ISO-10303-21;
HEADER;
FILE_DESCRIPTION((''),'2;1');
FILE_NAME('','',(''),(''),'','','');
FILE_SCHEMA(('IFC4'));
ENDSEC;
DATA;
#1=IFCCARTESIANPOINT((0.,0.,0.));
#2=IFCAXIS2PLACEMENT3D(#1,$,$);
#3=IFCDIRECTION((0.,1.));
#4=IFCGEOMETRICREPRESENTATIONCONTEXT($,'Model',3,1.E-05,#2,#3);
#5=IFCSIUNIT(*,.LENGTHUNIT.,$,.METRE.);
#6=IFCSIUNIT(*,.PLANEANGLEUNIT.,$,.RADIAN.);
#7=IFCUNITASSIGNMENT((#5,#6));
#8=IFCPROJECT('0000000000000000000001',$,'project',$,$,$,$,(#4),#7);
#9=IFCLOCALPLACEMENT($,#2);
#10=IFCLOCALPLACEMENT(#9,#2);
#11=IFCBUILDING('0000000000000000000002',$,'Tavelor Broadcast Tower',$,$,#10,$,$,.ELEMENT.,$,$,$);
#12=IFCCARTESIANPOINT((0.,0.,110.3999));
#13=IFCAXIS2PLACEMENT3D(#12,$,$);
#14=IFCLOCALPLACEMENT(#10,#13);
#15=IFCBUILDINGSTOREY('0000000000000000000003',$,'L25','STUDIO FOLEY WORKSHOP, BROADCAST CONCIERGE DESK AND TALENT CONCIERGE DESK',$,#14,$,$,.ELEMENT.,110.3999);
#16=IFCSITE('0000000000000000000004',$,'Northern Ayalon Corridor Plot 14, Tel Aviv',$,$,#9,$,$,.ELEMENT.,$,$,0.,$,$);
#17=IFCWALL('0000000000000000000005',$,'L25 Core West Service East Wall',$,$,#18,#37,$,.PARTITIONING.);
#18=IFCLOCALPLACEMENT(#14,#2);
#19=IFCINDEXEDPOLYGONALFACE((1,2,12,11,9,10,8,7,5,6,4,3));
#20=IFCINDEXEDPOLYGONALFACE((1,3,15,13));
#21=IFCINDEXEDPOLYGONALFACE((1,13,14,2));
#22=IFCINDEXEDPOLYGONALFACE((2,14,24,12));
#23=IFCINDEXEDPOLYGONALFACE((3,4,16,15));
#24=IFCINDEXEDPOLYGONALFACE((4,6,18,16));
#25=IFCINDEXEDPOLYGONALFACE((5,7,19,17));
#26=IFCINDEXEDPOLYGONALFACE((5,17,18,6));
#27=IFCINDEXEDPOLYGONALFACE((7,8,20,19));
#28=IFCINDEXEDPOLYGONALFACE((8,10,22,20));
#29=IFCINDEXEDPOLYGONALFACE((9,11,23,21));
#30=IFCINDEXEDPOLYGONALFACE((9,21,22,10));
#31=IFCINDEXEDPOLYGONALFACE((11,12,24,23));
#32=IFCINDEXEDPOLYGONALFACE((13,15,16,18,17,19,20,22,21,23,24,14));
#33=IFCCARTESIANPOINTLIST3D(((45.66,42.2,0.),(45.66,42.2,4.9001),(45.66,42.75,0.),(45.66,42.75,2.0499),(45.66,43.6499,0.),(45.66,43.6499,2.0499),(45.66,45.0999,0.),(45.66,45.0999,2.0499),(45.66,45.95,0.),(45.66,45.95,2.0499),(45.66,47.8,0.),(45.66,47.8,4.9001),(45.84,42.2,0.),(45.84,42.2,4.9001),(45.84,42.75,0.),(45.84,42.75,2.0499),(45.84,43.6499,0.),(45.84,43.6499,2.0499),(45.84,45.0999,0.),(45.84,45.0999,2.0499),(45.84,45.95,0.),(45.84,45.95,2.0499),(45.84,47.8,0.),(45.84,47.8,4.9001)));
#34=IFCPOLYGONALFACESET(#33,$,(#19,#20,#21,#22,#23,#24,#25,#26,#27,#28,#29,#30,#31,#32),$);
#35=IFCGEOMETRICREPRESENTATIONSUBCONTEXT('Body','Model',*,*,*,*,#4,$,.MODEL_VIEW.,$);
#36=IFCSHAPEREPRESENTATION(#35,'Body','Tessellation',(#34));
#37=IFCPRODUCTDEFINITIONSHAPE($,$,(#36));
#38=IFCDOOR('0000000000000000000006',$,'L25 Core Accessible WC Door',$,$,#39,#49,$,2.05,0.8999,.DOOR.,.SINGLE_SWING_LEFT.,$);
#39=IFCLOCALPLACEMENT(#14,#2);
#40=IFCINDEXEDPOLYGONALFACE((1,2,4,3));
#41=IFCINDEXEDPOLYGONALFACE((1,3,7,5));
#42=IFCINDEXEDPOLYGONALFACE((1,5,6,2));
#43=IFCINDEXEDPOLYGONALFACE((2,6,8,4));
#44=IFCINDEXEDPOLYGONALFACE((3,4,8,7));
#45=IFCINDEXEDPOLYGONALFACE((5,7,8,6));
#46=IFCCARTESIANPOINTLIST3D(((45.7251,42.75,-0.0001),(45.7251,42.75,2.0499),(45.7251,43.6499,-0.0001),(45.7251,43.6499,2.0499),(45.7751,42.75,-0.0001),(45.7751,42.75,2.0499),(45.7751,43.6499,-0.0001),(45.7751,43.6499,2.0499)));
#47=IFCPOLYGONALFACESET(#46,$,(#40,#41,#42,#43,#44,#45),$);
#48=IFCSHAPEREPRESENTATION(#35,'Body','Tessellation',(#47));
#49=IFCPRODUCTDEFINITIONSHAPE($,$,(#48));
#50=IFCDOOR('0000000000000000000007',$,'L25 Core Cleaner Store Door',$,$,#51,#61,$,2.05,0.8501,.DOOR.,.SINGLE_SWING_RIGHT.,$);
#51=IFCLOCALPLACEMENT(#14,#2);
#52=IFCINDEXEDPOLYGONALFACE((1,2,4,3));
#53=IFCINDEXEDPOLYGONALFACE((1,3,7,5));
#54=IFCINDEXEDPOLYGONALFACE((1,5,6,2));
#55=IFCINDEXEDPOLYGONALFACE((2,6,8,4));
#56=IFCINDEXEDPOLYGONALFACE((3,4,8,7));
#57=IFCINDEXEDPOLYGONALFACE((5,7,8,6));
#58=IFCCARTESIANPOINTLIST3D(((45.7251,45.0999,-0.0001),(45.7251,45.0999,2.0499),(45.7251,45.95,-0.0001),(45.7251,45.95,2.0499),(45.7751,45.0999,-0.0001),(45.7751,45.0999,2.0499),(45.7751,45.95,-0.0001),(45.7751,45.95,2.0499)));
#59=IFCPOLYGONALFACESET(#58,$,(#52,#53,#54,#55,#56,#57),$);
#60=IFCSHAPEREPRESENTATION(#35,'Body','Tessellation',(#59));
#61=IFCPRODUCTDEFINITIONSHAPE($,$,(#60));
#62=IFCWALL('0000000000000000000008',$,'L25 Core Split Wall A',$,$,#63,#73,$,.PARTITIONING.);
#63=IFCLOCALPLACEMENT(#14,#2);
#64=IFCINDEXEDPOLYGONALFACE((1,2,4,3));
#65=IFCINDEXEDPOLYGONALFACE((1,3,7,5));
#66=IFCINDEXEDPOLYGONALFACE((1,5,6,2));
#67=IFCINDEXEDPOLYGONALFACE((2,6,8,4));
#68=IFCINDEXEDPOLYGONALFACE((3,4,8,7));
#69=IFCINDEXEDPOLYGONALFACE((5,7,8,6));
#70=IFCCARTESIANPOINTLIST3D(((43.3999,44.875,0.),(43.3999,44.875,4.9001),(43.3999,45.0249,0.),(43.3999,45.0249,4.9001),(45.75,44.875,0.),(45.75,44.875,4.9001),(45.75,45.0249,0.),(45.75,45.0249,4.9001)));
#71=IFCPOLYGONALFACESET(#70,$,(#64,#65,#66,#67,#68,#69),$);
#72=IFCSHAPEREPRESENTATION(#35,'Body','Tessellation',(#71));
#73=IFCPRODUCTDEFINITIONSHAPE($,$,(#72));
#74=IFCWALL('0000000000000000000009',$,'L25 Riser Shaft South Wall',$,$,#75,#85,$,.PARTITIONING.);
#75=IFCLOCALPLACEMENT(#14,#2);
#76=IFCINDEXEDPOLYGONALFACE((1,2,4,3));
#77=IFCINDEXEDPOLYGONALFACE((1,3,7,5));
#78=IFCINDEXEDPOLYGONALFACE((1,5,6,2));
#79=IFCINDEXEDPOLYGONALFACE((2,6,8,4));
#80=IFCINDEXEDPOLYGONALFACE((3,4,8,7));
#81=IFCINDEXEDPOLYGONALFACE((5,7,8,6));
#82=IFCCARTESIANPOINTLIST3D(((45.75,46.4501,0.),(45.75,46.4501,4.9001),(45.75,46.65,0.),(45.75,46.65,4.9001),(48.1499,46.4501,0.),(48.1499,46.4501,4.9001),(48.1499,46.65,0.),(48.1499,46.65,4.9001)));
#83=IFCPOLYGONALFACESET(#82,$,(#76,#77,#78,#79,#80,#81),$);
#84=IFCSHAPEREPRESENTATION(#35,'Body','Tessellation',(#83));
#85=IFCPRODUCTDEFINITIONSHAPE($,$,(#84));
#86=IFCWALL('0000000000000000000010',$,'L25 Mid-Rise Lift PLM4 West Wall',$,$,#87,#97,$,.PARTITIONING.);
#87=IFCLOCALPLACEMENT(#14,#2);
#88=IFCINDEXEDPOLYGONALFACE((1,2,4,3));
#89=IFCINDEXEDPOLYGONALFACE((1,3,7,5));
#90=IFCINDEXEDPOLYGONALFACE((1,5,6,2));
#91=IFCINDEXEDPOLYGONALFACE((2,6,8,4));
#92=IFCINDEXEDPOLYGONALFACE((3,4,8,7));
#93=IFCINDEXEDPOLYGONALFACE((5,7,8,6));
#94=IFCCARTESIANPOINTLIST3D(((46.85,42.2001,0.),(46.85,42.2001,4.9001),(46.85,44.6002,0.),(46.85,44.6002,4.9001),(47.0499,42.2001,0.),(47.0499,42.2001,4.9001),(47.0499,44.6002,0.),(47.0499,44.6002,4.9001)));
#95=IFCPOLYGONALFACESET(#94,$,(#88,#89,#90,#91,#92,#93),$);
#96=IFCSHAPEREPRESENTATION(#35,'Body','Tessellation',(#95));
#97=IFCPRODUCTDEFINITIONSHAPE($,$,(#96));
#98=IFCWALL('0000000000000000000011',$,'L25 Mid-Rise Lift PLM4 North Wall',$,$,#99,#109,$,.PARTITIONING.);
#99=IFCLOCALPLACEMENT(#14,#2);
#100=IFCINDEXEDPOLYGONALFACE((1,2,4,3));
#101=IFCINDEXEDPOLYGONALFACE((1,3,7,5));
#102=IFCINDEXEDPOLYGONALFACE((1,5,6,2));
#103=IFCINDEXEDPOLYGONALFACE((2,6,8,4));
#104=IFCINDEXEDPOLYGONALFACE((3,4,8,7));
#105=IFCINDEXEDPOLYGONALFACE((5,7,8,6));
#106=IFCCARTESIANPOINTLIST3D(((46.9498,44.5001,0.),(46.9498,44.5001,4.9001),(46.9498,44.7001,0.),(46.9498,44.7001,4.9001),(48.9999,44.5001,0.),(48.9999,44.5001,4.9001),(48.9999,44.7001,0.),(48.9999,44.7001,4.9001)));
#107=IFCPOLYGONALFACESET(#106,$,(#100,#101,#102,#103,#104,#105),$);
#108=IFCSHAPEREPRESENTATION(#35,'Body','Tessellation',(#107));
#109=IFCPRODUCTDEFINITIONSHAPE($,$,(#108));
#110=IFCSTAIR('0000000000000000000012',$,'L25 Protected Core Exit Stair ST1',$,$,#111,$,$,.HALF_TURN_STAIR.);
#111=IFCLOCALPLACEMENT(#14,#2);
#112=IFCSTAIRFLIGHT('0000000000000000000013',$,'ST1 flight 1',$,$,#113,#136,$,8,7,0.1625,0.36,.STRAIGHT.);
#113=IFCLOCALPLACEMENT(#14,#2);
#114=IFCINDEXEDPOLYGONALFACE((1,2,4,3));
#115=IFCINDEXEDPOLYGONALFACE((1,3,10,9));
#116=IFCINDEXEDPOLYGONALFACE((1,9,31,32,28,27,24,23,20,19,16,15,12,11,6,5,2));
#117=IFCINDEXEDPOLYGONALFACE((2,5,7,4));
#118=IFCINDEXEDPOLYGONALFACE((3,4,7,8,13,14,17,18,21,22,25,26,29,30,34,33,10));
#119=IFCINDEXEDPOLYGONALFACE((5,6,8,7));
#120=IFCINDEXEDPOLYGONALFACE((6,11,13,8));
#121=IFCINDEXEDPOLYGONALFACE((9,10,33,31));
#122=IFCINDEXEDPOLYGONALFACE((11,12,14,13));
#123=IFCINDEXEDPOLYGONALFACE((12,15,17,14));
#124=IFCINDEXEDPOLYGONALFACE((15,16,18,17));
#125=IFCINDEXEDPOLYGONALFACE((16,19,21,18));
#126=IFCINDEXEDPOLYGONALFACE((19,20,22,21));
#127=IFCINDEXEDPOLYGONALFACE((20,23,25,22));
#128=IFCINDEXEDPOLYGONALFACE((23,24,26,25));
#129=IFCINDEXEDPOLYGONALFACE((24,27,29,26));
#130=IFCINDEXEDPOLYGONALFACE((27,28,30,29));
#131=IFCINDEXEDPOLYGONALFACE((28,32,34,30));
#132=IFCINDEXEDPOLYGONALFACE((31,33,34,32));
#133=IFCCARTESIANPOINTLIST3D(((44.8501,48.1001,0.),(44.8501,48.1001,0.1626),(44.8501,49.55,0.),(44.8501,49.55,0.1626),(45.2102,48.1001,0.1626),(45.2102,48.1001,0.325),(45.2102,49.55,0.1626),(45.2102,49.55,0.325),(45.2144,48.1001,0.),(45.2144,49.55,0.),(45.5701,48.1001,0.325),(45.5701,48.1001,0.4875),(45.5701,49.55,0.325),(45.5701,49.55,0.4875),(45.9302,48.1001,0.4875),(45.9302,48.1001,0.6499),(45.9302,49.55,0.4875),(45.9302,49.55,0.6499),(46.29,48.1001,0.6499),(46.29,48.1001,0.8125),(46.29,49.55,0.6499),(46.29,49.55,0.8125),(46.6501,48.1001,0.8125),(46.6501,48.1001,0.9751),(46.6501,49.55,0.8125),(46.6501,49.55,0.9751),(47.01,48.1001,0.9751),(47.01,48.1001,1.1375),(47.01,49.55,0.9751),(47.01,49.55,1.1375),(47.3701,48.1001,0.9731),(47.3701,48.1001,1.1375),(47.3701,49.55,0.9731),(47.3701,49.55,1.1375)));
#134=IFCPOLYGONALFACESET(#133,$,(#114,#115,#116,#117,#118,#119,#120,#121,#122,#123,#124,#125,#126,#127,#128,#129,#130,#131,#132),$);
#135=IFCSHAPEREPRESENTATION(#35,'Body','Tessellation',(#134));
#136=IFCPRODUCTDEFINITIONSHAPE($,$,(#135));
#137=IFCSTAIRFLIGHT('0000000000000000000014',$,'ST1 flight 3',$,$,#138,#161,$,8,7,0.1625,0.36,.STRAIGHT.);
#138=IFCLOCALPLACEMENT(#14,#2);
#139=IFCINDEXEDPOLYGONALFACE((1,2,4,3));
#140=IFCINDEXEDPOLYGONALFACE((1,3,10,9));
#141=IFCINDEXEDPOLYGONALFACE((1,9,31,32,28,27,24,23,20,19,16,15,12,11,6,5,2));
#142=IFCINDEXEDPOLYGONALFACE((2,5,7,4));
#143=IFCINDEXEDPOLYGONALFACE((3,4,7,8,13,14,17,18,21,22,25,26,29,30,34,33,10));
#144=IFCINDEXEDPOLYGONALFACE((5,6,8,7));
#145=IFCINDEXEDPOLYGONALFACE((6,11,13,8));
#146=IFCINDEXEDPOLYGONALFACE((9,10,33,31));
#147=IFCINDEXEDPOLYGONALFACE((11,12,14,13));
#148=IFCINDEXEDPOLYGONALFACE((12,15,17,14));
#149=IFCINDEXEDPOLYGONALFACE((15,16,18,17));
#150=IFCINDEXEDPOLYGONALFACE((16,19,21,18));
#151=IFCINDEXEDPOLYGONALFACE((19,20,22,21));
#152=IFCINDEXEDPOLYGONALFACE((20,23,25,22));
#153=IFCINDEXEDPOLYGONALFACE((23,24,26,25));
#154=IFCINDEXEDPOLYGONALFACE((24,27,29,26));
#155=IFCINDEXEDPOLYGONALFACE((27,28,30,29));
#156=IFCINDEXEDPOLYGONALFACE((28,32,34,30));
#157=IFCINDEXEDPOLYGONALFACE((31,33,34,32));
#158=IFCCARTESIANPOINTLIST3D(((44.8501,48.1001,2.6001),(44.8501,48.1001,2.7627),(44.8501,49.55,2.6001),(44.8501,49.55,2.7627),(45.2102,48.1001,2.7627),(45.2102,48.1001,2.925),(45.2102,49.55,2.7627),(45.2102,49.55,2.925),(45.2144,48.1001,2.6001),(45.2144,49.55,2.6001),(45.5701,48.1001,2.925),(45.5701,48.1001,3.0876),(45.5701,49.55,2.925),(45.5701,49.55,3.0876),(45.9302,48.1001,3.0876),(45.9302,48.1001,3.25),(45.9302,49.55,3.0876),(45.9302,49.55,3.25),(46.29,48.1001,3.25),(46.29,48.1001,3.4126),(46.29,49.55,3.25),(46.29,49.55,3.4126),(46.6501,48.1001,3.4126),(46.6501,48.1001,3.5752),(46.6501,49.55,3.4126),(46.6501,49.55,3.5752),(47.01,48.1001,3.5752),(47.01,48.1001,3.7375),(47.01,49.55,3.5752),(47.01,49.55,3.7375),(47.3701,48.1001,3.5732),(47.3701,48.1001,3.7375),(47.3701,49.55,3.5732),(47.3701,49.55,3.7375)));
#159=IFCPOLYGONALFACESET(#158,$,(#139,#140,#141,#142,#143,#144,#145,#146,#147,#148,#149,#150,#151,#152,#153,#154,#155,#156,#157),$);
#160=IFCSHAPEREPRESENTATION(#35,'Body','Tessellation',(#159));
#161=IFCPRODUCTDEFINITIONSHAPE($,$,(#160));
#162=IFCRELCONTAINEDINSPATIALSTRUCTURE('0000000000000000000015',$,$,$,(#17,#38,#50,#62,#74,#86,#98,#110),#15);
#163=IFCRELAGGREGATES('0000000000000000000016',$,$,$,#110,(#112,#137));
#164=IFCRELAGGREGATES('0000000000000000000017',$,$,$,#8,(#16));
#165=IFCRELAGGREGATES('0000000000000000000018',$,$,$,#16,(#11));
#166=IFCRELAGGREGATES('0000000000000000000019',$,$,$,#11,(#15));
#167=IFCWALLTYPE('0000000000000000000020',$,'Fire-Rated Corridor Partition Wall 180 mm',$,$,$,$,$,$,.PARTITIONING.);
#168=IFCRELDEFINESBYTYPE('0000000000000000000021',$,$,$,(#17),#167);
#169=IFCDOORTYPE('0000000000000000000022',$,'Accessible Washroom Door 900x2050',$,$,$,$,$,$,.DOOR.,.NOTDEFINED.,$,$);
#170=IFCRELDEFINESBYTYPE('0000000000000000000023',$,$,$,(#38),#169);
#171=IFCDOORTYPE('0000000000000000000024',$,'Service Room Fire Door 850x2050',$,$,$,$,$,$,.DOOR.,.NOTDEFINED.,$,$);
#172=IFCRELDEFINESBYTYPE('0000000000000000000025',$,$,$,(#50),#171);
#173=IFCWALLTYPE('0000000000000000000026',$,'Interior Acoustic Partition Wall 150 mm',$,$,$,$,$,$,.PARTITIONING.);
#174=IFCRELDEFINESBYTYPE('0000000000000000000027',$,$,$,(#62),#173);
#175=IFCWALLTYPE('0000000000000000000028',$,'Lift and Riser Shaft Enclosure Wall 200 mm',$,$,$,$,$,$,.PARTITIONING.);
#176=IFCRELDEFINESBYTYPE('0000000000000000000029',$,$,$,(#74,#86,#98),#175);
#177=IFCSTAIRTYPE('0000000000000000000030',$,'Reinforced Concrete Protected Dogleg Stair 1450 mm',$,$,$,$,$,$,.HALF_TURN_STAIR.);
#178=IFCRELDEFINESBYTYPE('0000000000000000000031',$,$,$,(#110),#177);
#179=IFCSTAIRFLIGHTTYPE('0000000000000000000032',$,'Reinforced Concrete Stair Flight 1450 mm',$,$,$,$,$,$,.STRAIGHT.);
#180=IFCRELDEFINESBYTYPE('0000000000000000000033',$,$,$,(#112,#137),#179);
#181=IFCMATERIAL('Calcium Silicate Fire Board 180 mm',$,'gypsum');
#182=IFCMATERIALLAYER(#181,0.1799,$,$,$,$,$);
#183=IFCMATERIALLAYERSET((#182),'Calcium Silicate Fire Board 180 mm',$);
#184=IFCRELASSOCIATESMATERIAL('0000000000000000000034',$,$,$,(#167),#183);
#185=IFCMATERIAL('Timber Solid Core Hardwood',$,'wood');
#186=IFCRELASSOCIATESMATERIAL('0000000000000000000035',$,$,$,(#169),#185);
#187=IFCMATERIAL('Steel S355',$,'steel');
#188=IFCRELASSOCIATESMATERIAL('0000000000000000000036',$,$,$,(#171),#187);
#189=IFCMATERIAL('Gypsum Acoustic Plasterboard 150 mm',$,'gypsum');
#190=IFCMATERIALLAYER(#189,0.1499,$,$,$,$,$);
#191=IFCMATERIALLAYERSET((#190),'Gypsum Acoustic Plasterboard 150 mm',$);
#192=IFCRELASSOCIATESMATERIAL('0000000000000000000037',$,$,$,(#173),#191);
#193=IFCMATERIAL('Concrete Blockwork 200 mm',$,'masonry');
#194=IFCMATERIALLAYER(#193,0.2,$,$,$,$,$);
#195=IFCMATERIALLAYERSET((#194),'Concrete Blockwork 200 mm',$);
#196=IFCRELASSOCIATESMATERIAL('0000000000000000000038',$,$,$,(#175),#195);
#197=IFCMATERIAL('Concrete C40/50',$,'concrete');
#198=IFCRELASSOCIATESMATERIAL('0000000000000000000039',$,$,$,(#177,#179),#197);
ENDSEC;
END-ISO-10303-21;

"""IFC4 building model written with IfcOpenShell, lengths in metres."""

from ifc_helpers import new_model, si_unit, direction, frame, frame_2d, origin, place, context, subcontext, project, spatial, polyline, rectangle, outline, extrude, material, layer, layer_set, type_object, element, fill, aggregate, save


model = new_model("IFC4")

# Units and contexts
model_context = context("Model", 3, precision=1e-05, world=origin(), true_north=direction((0.0, 1.0)))
body_context = subcontext(model_context, "Body", "Model", "MODEL_VIEW")
ifc_project = project(units=[si_unit("LENGTHUNIT", "METRE"), si_unit("PLANEANGLEUNIT", "RADIAN")], contexts=[model_context])

# Site, building, storey
site_placement = place(None, origin())
site = spatial("IfcSite", under=ifc_project, at=site_placement, Name="Northern Ayalon Corridor Plot 14, Tel Aviv", CompositionType="ELEMENT", RefElevation=0.0)
building_placement = place(site_placement, origin())
building = spatial("IfcBuilding", under=site, at=building_placement, Name="Tavelor Broadcast Tower", CompositionType="ELEMENT")
storey_placement = place(building_placement, frame((0.0, 0.0, 110.3999)))
storey = spatial("IfcBuildingStorey", under=building, at=storey_placement, Name="L25", Description="STUDIO FOLEY WORKSHOP, BROADCAST CONCIERGE DESK AND TALENT CONCIERGE DESK", CompositionType="ELEMENT", Elevation=110.3999)

# Shared definitions
ifc_material_1 = material(Name="Steel S355", Category="steel")

# Wall, openings, doors
ifc_material_2 = material(Name="Calcium Silicate Fire Board 180 mm", Category="gypsum")
ifc_layer_1 = layer(ifc_material_2, 0.1799)
ifc_layer_set_1 = layer_set([ifc_layer_1], Name="Calcium Silicate Fire Board 180 mm")
wall_type_1 = type_object("IfcWallType", Name="Fire-Rated Corridor Partition Wall 180 mm", PredefinedType="PARTITIONING", material=ifc_layer_set_1)
wall_1_placement = place(storey_placement, frame((45.75, 42.2, 0.0), z_axis=(0.0, 0.0, 1.0), x_axis=(0.0, 1.0, 0.0)))
wall_1 = element("IfcWall", 1, at=wall_1_placement, inside=storey, type_object=wall_type_1, Name="L25 Core West Service East Wall", PredefinedType="PARTITIONING", context=body_context, shape_type="SweptSolid", body=[
    extrude(rectangle(XDim=5.6001, YDim=0.1799, at=frame_2d((2.8, 0.0))), origin(), (0.0, 0.0, 1.0), 4.9001),
])
opening_1_placement = place(wall_1_placement, frame((0.55, 0.0, 0.0)))
opening_1 = element("IfcOpeningElement", 2, at=opening_1_placement, cuts=wall_1, PredefinedType="OPENING", context=body_context, shape_type="SweptSolid", body=[
    extrude(rectangle(XDim=0.8999, YDim=2.05, at=frame_2d((0.45, 1.0249))), frame((0.0, 0.1001, 0.0), z_axis=(0.0, -1.0, 0.0), x_axis=(1.0, 0.0, 0.0)), (0.0, 0.0, 1.0), 0.2),
])
opening_2_placement = place(wall_1_placement, frame((2.8999, 0.0, 0.0)))
opening_2 = element("IfcOpeningElement", 3, at=opening_2_placement, cuts=wall_1, PredefinedType="OPENING", context=body_context, shape_type="SweptSolid", body=[
    extrude(rectangle(XDim=0.8501, YDim=2.05, at=frame_2d((0.425, 1.0249))), frame((0.0, 0.1001, 0.0), z_axis=(0.0, -1.0, 0.0), x_axis=(1.0, 0.0, 0.0)), (0.0, 0.0, 1.0), 0.2),
])
ifc_material_3 = material(Name="Timber Solid Core Hardwood", Category="wood")
door_type_1 = type_object("IfcDoorType", Name="Accessible Washroom Door 900x2050", OperationType="NOTDEFINED", PredefinedType="DOOR", material=ifc_material_3)
door_1_placement = place(opening_1_placement, origin())
door_1 = element("IfcDoor", 4, at=door_1_placement, inside=storey, type_object=door_type_1, Name="L25 Core Accessible WC Door", OperationType="SINGLE_SWING_LEFT", OverallHeight=2.05, OverallWidth=0.8999, PredefinedType="DOOR", context=body_context, shape_type="SweptSolid", body=[
    extrude(rectangle(XDim=0.8999, YDim=2.05, at=frame_2d((0.45, 1.0249))), frame((0.0, 0.0249, 0.0), z_axis=(0.0, -1.0, 0.0), x_axis=(1.0, 0.0, 0.0)), (0.0, 0.0, 1.0), 0.05),
])
fill(opening_1, door_1)
door_type_2 = type_object("IfcDoorType", Name="Service Room Fire Door 850x2050", OperationType="NOTDEFINED", PredefinedType="DOOR", material=ifc_material_1)
door_2_placement = place(opening_2_placement, origin())
door_2 = element("IfcDoor", 5, at=door_2_placement, inside=storey, type_object=door_type_2, Name="L25 Core Cleaner Store Door", OperationType="SINGLE_SWING_RIGHT", OverallHeight=2.05, OverallWidth=0.8501, PredefinedType="DOOR", context=body_context, shape_type="SweptSolid", body=[
    extrude(rectangle(XDim=0.8501, YDim=2.05, at=frame_2d((0.425, 1.0249))), frame((0.0, 0.0249, 0.0), z_axis=(0.0, -1.0, 0.0), x_axis=(1.0, 0.0, 0.0)), (0.0, 0.0, 1.0), 0.05),
])
fill(opening_2, door_2)

# Walls
ifc_material_4 = material(Name="Gypsum Acoustic Plasterboard 150 mm", Category="gypsum")
ifc_layer_2 = layer(ifc_material_4, 0.1499)
ifc_layer_set_2 = layer_set([ifc_layer_2], Name="Gypsum Acoustic Plasterboard 150 mm")
wall_type_2 = type_object("IfcWallType", Name="Interior Acoustic Partition Wall 150 mm", PredefinedType="PARTITIONING", material=ifc_layer_set_2)
wall_2_placement = place(storey_placement, frame((43.3999, 44.95, 0.0), z_axis=(0.0, 0.0, 1.0), x_axis=(1.0, 0.0, 0.0)))
element("IfcWall", 6, at=wall_2_placement, inside=storey, type_object=wall_type_2, Name="L25 Core Split Wall A", PredefinedType="PARTITIONING", context=body_context, shape_type="SweptSolid", body=[
    extrude(rectangle(XDim=2.3501, YDim=0.1499, at=frame_2d((1.175, 0.0))), origin(), (0.0, 0.0, 1.0), 4.9001),
])
ifc_material_5 = material(Name="Concrete Blockwork 200 mm", Category="masonry")
ifc_layer_3 = layer(ifc_material_5, 0.2)
ifc_layer_set_3 = layer_set([ifc_layer_3], Name="Concrete Blockwork 200 mm")
wall_type_3 = type_object("IfcWallType", Name="Lift and Riser Shaft Enclosure Wall 200 mm", PredefinedType="PARTITIONING", material=ifc_layer_set_3)
wall_3_placement = place(storey_placement, frame((45.75, 46.55, 0.0), z_axis=(0.0, 0.0, 1.0), x_axis=(1.0, 0.0, 0.0)))
element("IfcWall", 7, at=wall_3_placement, inside=storey, type_object=wall_type_3, Name="L25 Riser Shaft South Wall", PredefinedType="PARTITIONING", context=body_context, shape_type="SweptSolid", body=[
    extrude(rectangle(XDim=2.3999, YDim=0.2, at=frame_2d((1.2, 0.0))), origin(), (0.0, 0.0, 1.0), 4.9001),
])
wall_4_placement = place(storey_placement, frame((46.95, 42.2, 0.0), z_axis=(0.0, 0.0, 1.0), x_axis=(0.0, 1.0, 0.0)))
element("IfcWall", 8, at=wall_4_placement, inside=storey, type_object=wall_type_3, Name="L25 Mid-Rise Lift PLM4 West Wall", PredefinedType="PARTITIONING", context=body_context, shape_type="SweptSolid", body=[
    extrude(rectangle(XDim=2.4001, YDim=0.2, at=frame_2d((1.2002, 0.0))), origin(), (0.0, 0.0, 1.0), 4.9001),
])
wall_5_placement = place(storey_placement, frame((46.95, 44.6001, 0.0), z_axis=(0.0, 0.0, 1.0), x_axis=(1.0, 0.0, 0.0)))
element("IfcWall", 9, at=wall_5_placement, inside=storey, type_object=wall_type_3, Name="L25 Mid-Rise Lift PLM4 North Wall", PredefinedType="PARTITIONING", context=body_context, shape_type="SweptSolid", body=[
    extrude(rectangle(XDim=2.05, YDim=0.2, at=frame_2d((1.0249, 0.0))), origin(), (0.0, 0.0, 1.0), 4.9001),
])

# Stair, stair flights
ifc_material_6 = material(Name="Concrete C40/50", Category="concrete")
stair_type = type_object("IfcStairType", Name="Reinforced Concrete Protected Dogleg Stair 1450 mm", PredefinedType="HALF_TURN_STAIR", material=ifc_material_6)
stair_placement = place(storey_placement, origin())
stair = element("IfcStair", 10, at=stair_placement, inside=storey, type_object=stair_type, Name="L25 Protected Core Exit Stair ST1", PredefinedType="HALF_TURN_STAIR")
stair_flight_type = type_object("IfcStairFlightType", Name="Reinforced Concrete Stair Flight 1450 mm", PredefinedType="STRAIGHT", material=ifc_material_6)
stair_flight_1_placement = place(storey_placement, frame((44.8501, 48.825, 0.0), z_axis=(0.0, 0.0, 1.0), x_axis=(1.0, 0.0, 0.0)))
stair_flight_1 = element("IfcStairFlight", 11, at=stair_flight_1_placement, type_object=stair_flight_type, Name="ST1 flight 1", NumberOfRisers=8, NumberOfTreads=7, PredefinedType="STRAIGHT", RiserHeight=0.1625, TreadLength=0.36, context=body_context, shape_type="SweptSolid", body=[
    extrude(outline(polyline([(0.0, 0.0), (0.0, 0.1626), (0.3601, 0.1626), (0.3601, 0.325), (0.72, 0.325), (0.72, 0.4875), (1.0801, 0.4875), (1.0801, 0.6499), (1.4399, 0.6499), (1.4399, 0.8125), (1.8, 0.8125), (1.8, 0.9751), (2.1599, 0.9751), (2.1599, 1.1375), (2.52, 1.1375), (2.52, 1.3), (2.52, 0.9731), (0.3643, 0.0), (0.0, 0.0)])), frame((0.0, 0.7251, 0.0), z_axis=(0.0, -1.0, 0.0), x_axis=(1.0, 0.0, 0.0)), (0.0, 0.0, 1.0), 1.45),
])
stair_flight_2_placement = place(storey_placement, frame((44.8501, 48.825, 2.6001), z_axis=(0.0, 0.0, 1.0), x_axis=(1.0, 0.0, 0.0)))
stair_flight_2 = element("IfcStairFlight", 12, at=stair_flight_2_placement, type_object=stair_flight_type, Name="ST1 flight 3", NumberOfRisers=8, NumberOfTreads=7, PredefinedType="STRAIGHT", RiserHeight=0.1625, TreadLength=0.36, context=body_context, shape_type="SweptSolid", body=[
    extrude(outline(polyline([(0.0, 0.0), (0.0, 0.1626), (0.3601, 0.1626), (0.3601, 0.325), (0.72, 0.325), (0.72, 0.4875), (1.0801, 0.4875), (1.0801, 0.6499), (1.4399, 0.6499), (1.4399, 0.8125), (1.8, 0.8125), (1.8, 0.9751), (2.1599, 0.9751), (2.1599, 1.1375), (2.52, 1.1375), (2.52, 1.3), (2.52, 0.9731), (0.3643, 0.0), (0.0, 0.0)])), frame((0.0, 0.7251, 0.0), z_axis=(0.0, -1.0, 0.0), x_axis=(1.0, 0.0, 0.0)), (0.0, 0.0, 1.0), 1.45),
])
aggregate(stair, [stair_flight_1, stair_flight_2])

save(model, "model.ifc")
